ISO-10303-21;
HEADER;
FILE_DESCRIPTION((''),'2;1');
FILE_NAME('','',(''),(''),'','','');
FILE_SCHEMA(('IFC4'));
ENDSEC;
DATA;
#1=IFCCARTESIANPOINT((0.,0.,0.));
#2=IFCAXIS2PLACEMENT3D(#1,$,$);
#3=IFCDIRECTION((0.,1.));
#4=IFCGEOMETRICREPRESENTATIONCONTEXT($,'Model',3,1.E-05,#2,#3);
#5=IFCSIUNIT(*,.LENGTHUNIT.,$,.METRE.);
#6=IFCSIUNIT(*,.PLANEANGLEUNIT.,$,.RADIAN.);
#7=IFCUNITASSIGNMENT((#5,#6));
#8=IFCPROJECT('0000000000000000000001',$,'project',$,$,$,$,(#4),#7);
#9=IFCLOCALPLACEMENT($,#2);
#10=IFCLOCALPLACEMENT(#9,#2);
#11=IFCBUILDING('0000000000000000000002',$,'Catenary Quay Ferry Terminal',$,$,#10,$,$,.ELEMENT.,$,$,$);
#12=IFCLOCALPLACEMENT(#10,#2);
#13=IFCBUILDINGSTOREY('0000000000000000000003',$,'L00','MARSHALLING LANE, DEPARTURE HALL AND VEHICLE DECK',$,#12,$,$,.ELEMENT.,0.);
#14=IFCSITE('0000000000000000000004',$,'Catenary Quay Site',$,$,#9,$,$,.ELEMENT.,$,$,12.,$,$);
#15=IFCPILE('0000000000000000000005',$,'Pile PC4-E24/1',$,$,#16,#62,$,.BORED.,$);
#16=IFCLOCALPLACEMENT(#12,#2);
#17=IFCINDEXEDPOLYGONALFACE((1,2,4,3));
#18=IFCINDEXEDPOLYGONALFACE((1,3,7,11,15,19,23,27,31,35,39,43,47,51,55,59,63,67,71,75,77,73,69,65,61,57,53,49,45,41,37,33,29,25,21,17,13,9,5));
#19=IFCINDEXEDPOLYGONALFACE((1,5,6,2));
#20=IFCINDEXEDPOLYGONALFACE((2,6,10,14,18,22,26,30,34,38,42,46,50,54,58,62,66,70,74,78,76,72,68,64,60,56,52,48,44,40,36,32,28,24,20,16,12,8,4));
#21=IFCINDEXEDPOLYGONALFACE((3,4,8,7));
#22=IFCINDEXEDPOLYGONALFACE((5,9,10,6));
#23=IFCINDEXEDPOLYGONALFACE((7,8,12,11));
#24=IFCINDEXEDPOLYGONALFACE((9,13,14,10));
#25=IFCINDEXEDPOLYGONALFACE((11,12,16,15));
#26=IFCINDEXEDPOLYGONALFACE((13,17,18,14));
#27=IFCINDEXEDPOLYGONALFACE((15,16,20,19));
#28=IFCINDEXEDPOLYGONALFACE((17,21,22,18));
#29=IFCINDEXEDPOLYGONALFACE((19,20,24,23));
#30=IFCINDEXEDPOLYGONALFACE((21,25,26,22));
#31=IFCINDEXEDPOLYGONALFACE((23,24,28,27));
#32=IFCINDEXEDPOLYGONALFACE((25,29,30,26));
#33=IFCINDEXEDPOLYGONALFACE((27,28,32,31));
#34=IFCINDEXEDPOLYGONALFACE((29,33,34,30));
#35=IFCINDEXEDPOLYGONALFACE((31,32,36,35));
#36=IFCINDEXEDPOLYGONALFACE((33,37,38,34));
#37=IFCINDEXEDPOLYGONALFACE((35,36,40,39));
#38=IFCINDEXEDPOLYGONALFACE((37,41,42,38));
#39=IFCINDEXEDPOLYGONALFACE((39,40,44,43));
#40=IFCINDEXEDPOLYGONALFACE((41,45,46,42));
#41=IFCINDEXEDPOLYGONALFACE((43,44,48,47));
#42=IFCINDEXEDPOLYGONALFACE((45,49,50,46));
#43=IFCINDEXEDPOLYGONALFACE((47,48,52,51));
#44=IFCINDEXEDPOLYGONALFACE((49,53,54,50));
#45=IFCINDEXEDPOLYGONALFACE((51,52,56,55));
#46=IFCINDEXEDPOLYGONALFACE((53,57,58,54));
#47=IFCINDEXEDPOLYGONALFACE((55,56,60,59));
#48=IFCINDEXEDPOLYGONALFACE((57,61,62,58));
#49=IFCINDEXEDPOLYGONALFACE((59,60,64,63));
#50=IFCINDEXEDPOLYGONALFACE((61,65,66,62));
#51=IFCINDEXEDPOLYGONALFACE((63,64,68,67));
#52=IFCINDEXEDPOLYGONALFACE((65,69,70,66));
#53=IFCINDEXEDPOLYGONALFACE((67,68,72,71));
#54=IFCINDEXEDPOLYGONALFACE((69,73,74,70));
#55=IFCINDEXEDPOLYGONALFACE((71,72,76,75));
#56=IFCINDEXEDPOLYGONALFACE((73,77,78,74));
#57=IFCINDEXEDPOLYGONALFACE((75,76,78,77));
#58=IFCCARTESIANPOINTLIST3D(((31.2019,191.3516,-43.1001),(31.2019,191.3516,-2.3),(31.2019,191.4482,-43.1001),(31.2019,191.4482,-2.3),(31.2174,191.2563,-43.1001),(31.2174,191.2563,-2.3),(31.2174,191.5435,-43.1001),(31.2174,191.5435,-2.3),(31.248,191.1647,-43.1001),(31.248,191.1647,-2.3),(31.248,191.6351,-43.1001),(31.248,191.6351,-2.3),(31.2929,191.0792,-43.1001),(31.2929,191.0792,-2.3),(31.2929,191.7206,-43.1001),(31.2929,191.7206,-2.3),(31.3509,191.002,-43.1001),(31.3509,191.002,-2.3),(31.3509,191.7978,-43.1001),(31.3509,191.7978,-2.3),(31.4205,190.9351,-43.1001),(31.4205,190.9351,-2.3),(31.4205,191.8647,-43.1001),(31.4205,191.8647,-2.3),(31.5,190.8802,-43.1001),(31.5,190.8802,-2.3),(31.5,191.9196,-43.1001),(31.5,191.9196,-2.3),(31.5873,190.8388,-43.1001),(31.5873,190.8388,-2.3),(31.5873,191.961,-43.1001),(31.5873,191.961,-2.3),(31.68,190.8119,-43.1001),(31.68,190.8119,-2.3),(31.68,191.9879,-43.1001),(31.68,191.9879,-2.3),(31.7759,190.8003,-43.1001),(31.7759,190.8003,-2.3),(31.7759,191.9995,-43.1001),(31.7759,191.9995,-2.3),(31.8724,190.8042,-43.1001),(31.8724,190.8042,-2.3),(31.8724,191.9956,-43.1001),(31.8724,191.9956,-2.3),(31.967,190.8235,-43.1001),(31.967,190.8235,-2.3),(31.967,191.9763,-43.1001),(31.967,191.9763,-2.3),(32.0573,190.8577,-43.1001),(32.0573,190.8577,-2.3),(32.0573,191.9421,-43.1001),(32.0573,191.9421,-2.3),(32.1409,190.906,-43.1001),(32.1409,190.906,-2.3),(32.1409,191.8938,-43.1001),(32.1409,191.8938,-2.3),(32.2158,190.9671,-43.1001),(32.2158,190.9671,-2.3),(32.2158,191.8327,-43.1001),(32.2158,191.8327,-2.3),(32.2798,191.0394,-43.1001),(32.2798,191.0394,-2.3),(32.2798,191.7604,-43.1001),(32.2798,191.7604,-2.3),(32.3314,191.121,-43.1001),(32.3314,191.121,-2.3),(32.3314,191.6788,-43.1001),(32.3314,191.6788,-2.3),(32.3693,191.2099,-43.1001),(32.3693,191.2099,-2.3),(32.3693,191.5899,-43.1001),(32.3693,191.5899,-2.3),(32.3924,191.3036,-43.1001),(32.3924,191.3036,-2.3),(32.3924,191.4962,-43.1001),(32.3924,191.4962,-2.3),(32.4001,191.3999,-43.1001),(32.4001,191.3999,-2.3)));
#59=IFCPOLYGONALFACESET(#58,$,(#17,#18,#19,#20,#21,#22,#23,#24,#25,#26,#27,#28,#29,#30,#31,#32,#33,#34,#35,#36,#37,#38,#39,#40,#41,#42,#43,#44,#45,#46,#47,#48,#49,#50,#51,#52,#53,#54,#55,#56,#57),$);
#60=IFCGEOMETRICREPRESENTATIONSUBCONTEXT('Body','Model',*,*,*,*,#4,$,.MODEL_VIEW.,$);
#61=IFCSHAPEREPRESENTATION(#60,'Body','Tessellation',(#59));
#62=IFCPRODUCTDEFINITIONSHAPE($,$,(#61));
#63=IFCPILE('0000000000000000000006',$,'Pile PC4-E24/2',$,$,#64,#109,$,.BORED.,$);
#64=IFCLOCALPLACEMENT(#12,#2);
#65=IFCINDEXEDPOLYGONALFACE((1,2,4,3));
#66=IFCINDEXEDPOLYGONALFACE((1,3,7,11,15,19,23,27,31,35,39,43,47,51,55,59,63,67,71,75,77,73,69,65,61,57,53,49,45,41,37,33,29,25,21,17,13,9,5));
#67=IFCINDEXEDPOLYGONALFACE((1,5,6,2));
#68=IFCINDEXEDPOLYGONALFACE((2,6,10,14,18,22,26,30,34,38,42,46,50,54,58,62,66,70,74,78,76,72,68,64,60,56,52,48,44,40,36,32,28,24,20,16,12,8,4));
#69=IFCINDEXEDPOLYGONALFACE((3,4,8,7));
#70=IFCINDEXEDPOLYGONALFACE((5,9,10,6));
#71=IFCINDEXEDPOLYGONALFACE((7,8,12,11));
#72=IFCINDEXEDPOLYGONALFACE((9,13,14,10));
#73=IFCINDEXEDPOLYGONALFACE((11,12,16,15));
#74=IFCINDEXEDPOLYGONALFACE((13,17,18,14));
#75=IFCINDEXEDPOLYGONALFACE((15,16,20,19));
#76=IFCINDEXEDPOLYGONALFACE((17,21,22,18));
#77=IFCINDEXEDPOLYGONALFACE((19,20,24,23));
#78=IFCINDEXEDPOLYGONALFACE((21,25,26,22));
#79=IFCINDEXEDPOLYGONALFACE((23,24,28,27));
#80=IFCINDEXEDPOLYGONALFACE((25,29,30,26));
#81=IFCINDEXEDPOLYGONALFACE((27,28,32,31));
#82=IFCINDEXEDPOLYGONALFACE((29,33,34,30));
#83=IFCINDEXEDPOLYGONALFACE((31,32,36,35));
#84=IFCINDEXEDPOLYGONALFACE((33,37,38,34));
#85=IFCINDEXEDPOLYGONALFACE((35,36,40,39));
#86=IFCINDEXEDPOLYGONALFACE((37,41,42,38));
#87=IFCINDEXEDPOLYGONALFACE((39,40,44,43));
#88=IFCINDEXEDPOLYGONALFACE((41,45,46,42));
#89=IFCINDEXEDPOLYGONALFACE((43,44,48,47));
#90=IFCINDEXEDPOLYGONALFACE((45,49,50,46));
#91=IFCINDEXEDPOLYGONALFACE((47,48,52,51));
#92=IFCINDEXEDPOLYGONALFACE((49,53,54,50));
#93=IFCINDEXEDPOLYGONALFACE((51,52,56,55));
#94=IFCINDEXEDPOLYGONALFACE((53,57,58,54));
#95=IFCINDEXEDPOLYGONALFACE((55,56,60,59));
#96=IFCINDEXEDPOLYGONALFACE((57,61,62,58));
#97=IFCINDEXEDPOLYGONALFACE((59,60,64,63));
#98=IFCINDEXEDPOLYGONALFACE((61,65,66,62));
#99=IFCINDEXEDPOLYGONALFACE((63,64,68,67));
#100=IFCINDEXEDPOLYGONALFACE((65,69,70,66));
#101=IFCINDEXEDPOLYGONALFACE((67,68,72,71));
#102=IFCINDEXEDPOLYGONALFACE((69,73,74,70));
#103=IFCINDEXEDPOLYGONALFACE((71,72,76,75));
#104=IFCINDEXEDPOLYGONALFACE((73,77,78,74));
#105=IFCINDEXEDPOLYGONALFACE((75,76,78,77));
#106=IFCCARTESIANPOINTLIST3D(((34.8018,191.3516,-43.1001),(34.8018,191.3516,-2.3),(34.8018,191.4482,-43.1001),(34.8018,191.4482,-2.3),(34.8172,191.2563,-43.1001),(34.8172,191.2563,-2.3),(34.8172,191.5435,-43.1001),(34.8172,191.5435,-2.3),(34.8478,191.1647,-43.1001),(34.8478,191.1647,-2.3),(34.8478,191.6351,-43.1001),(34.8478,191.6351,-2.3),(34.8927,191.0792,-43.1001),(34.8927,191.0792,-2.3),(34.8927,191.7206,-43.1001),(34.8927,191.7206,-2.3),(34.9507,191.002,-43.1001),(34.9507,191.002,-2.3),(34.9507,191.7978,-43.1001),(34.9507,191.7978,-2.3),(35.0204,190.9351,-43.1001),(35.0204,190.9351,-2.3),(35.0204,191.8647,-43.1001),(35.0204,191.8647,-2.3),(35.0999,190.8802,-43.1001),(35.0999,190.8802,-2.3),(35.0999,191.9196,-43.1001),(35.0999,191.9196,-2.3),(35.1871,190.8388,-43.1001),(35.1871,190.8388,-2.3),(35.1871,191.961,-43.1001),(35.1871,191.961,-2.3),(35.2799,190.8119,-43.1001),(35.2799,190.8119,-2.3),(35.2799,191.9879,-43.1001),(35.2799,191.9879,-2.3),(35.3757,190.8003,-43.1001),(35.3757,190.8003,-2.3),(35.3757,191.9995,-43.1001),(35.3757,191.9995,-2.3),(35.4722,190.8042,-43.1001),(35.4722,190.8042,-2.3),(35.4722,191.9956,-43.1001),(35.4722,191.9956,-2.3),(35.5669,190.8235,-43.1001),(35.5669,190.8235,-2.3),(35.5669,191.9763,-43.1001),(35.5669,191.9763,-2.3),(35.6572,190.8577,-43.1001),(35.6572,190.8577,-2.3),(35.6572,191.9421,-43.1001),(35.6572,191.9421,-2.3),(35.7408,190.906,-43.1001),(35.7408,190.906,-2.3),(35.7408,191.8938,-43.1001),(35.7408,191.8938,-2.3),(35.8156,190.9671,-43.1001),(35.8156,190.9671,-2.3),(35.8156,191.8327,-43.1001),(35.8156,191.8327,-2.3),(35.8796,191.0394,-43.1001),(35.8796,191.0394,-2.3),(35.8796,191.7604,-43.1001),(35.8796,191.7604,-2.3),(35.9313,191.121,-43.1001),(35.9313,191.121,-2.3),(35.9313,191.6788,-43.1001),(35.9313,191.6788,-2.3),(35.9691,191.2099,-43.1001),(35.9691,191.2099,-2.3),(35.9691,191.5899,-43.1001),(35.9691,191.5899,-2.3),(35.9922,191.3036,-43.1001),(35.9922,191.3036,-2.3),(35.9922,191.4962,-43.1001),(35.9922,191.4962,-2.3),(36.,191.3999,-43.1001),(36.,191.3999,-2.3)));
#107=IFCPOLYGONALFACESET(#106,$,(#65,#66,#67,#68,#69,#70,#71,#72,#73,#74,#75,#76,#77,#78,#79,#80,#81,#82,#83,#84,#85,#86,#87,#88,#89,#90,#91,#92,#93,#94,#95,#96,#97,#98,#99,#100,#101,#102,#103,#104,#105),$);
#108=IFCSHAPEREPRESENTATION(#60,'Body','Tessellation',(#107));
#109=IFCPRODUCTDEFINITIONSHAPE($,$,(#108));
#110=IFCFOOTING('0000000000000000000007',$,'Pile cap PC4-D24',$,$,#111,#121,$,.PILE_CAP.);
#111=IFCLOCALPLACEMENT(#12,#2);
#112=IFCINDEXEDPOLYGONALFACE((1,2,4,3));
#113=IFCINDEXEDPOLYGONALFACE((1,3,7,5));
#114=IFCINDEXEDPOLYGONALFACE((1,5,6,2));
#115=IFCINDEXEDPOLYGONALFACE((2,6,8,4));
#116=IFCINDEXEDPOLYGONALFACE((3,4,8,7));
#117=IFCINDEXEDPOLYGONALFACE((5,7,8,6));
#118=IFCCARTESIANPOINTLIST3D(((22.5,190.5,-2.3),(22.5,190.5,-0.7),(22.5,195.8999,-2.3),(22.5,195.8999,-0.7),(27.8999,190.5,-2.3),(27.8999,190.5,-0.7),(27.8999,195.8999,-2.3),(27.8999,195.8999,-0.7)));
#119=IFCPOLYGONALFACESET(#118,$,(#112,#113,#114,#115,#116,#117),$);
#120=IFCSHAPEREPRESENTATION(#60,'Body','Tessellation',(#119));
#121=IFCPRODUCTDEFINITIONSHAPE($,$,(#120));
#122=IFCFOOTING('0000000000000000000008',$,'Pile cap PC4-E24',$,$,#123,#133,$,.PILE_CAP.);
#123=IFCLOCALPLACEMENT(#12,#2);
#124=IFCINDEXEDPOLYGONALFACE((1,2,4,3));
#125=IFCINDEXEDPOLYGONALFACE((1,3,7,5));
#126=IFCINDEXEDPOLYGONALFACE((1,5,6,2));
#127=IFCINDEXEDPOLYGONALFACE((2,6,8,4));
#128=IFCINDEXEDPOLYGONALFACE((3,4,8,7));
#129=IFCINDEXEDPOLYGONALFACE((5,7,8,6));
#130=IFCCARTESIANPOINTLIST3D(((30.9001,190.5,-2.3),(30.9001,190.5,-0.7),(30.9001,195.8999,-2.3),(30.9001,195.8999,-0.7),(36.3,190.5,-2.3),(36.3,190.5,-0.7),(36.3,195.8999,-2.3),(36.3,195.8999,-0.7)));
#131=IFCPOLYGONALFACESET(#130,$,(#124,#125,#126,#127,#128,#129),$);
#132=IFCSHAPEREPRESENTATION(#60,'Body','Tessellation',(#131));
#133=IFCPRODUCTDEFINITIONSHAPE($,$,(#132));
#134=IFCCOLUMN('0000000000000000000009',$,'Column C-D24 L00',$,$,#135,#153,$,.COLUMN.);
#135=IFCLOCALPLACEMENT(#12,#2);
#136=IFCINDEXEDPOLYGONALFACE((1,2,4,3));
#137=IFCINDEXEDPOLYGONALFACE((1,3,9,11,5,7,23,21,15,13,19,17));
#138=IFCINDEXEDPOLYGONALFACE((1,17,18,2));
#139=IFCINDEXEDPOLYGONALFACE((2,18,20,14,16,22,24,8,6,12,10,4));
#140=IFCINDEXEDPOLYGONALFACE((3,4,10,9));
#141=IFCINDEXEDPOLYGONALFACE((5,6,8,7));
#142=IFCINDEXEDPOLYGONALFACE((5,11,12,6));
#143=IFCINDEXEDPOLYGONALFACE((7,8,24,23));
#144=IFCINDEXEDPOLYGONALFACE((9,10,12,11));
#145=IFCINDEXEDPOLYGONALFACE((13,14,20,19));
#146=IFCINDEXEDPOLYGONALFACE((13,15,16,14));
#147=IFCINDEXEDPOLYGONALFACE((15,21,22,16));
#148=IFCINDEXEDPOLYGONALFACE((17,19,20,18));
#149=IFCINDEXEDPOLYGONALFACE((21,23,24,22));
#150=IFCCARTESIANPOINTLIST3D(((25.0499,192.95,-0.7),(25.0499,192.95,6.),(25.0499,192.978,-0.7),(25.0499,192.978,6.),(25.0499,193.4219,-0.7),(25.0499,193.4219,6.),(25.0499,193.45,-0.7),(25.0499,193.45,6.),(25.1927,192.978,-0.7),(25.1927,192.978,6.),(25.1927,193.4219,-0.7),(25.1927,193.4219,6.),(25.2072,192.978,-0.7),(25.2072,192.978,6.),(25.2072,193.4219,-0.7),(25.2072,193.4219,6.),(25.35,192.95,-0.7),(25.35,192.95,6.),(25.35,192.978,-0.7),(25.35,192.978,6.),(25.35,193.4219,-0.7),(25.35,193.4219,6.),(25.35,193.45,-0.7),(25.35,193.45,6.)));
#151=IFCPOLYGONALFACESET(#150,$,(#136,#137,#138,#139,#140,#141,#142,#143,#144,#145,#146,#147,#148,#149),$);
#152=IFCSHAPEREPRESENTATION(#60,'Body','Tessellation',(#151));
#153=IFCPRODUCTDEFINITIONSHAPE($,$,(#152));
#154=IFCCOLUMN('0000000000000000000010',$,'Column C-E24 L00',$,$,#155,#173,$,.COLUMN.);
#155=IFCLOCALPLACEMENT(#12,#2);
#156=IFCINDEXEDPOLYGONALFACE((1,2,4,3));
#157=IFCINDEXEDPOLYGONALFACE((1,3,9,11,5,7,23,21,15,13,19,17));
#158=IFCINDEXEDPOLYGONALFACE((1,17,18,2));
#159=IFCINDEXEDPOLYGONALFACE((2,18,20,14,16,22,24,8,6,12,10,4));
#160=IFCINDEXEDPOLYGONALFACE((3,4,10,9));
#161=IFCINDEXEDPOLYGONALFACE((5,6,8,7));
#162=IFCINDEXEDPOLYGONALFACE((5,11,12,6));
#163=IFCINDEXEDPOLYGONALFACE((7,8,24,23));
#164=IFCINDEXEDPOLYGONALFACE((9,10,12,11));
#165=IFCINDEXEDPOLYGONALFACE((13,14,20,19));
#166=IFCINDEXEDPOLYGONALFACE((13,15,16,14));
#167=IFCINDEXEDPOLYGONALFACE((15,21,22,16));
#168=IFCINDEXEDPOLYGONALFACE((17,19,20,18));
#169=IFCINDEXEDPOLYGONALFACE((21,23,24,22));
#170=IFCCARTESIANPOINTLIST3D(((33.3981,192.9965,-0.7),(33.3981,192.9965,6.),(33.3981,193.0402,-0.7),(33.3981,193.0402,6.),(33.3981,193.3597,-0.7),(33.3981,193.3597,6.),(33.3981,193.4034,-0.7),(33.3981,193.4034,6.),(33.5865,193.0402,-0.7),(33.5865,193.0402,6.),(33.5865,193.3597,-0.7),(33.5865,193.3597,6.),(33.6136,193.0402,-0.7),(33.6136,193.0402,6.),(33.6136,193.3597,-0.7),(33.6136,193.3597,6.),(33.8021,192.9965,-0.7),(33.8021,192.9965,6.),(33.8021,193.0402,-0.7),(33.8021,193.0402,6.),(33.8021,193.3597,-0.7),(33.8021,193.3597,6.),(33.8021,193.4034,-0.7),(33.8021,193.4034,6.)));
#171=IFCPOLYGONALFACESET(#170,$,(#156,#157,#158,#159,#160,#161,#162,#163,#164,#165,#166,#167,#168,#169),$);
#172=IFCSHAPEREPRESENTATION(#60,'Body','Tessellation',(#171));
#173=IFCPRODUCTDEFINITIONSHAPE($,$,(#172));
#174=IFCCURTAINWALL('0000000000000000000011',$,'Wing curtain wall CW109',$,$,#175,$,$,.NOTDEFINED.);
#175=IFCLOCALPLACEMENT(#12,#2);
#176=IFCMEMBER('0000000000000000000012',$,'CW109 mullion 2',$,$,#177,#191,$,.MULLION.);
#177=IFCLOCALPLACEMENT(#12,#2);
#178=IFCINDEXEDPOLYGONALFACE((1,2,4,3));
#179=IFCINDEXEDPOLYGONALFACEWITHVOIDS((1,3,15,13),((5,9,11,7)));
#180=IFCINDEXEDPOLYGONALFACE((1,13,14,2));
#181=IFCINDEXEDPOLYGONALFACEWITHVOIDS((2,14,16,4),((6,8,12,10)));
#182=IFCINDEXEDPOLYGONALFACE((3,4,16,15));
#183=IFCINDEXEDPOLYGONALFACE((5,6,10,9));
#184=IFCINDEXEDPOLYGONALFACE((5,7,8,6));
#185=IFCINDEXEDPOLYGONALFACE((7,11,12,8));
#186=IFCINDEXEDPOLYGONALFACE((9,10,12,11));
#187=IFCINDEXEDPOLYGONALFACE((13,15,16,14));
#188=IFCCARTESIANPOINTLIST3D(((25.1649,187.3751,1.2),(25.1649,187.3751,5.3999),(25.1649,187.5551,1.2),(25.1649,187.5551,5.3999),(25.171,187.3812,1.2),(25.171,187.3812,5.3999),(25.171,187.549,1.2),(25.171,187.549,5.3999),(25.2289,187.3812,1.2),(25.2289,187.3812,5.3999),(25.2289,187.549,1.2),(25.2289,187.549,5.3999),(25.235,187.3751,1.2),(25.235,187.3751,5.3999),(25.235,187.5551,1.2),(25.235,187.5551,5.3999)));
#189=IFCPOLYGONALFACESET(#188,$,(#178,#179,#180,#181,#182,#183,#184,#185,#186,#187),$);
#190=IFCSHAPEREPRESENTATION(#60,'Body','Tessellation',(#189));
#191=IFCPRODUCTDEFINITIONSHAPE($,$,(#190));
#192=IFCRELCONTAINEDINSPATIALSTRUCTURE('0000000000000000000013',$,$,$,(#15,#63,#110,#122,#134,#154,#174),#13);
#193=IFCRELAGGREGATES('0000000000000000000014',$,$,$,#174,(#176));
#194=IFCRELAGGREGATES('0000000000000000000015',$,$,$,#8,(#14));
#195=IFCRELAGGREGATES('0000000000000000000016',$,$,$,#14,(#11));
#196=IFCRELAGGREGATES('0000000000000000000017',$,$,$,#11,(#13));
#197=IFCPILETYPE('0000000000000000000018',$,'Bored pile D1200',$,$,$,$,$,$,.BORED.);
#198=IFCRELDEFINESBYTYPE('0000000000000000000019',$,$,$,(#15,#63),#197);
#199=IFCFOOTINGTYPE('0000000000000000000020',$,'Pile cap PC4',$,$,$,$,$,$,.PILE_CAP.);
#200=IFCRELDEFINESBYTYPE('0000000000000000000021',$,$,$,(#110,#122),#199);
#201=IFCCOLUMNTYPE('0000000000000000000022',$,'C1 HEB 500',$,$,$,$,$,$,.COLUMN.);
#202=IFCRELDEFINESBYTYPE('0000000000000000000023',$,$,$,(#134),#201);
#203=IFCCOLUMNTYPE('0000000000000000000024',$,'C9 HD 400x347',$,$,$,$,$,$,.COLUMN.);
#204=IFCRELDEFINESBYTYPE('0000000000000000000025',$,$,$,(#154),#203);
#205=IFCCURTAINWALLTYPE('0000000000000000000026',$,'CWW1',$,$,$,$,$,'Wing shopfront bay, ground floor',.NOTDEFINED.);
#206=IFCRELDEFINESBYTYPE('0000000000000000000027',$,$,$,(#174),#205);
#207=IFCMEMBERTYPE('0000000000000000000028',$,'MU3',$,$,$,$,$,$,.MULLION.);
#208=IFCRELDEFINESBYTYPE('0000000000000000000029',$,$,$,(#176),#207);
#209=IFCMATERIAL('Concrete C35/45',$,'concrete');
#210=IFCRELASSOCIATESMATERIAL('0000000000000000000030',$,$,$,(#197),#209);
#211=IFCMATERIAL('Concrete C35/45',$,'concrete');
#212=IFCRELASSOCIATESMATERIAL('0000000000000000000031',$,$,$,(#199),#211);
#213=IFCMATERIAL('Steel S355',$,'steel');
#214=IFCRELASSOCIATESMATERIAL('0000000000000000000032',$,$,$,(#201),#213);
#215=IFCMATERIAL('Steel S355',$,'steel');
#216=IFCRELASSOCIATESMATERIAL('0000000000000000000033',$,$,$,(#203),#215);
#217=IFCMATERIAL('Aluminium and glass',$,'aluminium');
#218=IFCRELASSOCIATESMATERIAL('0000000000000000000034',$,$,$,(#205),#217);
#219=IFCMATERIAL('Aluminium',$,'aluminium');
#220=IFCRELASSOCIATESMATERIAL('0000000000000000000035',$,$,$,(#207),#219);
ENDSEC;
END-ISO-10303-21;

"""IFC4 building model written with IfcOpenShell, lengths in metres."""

from ifc_helpers import new_model, si_unit, direction, frame, origin, origin_2d, place, context, subcontext, project, spatial, rectangle, hollow_rectangle, circle, i_section, extrude, material, material_profile, profile_set, type_object, element, aggregate, save


model = new_model("IFC4")

# Units and contexts
model_context = context("Model", 3, precision=1e-05, world=origin(), true_north=direction((0.0, 1.0)))
body_context = subcontext(model_context, "Body", "Model", "MODEL_VIEW")
ifc_project = project(units=[si_unit("LENGTHUNIT", "METRE"), si_unit("PLANEANGLEUNIT", "RADIAN")], contexts=[model_context])

# Site, building, storey
site_placement = place(None, origin())
site = spatial("IfcSite", under=ifc_project, at=site_placement, Name="Catenary Quay Site", CompositionType="ELEMENT", RefElevation=12.0)
building_placement = place(site_placement, origin())
building = spatial("IfcBuilding", under=site, at=building_placement, Name="Catenary Quay Ferry Terminal", CompositionType="ELEMENT")
storey_placement = place(building_placement, origin())
storey = spatial("IfcBuildingStorey", under=building, at=storey_placement, Name="L00", Description="MARSHALLING LANE, DEPARTURE HALL AND VEHICLE DECK", CompositionType="ELEMENT", Elevation=0.0)

# Piles
ifc_material_1 = material(Name="Concrete C35/45", Category="concrete")
ifc_material_profile_1 = material_profile(ifc_material_1, circle(Radius=0.6001, at=origin_2d()), Name="D1200")
ifc_profile_set_1 = profile_set([ifc_material_profile_1], Name="Concrete C35/45")
pile_type = type_object("IfcPileType", Name="Bored pile D1200", PredefinedType="BORED", material=ifc_profile_set_1)
for number, where, z_axis, x_axis, name in (
    (1, (31.8, 191.3999, -2.3), (0.0, 0.0, -1.0), (1.0, 0.0, 0.0), "Pile PC4-E24/1"),
    (2, (35.3999, 191.3999, -2.3), (0.0, 0.0, -1.0), (1.0, 0.0, 0.0), "Pile PC4-E24/2"),
):
    element("IfcPile", number, at=place(storey_placement, frame(where, z_axis=z_axis, x_axis=x_axis)), inside=storey, type_object=pile_type, Name=name, PredefinedType="BORED", context=body_context, shape_type="SweptSolid", body=[
        extrude(circle(Radius=0.6001, at=origin_2d()), origin(), (0.0, 0.0, 1.0), 40.8),
    ])

# Footings
ifc_material_2 = material(Name="Concrete C35/45", Category="concrete")
footing_type = type_object("IfcFootingType", Name="Pile cap PC4", PredefinedType="PILE_CAP", material=ifc_material_2)
for number, where, z_axis, x_axis, name in (
    (3, (25.2, 193.2, -2.3), (0.0, 0.0, 1.0), (1.0, 0.0, 0.0), "Pile cap PC4-D24"),
    (4, (33.6001, 193.2, -2.3), (0.0, 0.0, 1.0), (1.0, 0.0, 0.0), "Pile cap PC4-E24"),
):
    element("IfcFooting", number, at=place(storey_placement, frame(where, z_axis=z_axis, x_axis=x_axis)), inside=storey, type_object=footing_type, Name=name, PredefinedType="PILE_CAP", context=body_context, shape_type="SweptSolid", body=[
        extrude(rectangle(XDim=5.3999, YDim=5.3999, at=origin_2d()), origin(), (0.0, 0.0, 1.0), 1.6001),
    ])

# Columns
ifc_material_3 = material(Name="Steel S355", Category="steel")
ifc_material_profile_2 = material_profile(ifc_material_3, i_section(OverallWidth=0.3, OverallDepth=0.5, WebThickness=0.0144, FlangeThickness=0.0281, at=origin_2d()), Name="HEB 500")
ifc_profile_set_2 = profile_set([ifc_material_profile_2], Name="Steel S355")
column_type_1 = type_object("IfcColumnType", Name="C1 HEB 500", PredefinedType="COLUMN", material=ifc_profile_set_2)
column_1_placement = place(storey_placement, frame((25.2, 193.2, -0.7), z_axis=(0.0, 0.0, 1.0), x_axis=(1.0, 0.0, 0.0)))
element("IfcColumn", 5, at=column_1_placement, inside=storey, type_object=column_type_1, Name="Column C-D24 L00", PredefinedType="COLUMN", context=body_context, shape_type="SweptSolid", body=[
    extrude(i_section(OverallWidth=0.3, OverallDepth=0.5, WebThickness=0.0144, FlangeThickness=0.0281, at=origin_2d()), origin(), (0.0, 0.0, 1.0), 6.7),
])
ifc_material_4 = material(Name="Steel S355", Category="steel")
ifc_material_profile_3 = material_profile(ifc_material_4, i_section(OverallWidth=0.4041, OverallDepth=0.407, WebThickness=0.0271, FlangeThickness=0.0437, at=origin_2d()), Name="HD 400x347")
ifc_profile_set_3 = profile_set([ifc_material_profile_3], Name="Steel S355")
column_type_2 = type_object("IfcColumnType", Name="C9 HD 400x347", PredefinedType="COLUMN", material=ifc_profile_set_3)
column_2_placement = place(storey_placement, frame((33.6001, 193.2, -0.7), z_axis=(0.0, 0.0, 1.0), x_axis=(1.0, 0.0, 0.0)))
element("IfcColumn", 6, at=column_2_placement, inside=storey, type_object=column_type_2, Name="Column C-E24 L00", PredefinedType="COLUMN", context=body_context, shape_type="SweptSolid", body=[
    extrude(i_section(OverallWidth=0.4041, OverallDepth=0.407, WebThickness=0.0271, FlangeThickness=0.0437, at=origin_2d()), origin(), (0.0, 0.0, 1.0), 6.7),
])

# Curtain wall, member
ifc_material_5 = material(Name="Aluminium and glass", Category="aluminium")
curtain_wall_type = type_object("IfcCurtainWallType", Name="CWW1", ElementType="Wing shopfront bay, ground floor", PredefinedType="NOTDEFINED", material=ifc_material_5)
curtain_wall_1_placement = place(storey_placement, origin())
curtain_wall_1 = element("IfcCurtainWall", 7, at=curtain_wall_1_placement, inside=storey, type_object=curtain_wall_type, Name="Wing curtain wall CW109", PredefinedType="NOTDEFINED")
ifc_material_6 = material(Name="Aluminium", Category="aluminium")
ifc_material_profile_4 = material_profile(ifc_material_6, hollow_rectangle(XDim=0.0701, YDim=0.1799, WallThickness=0.0061, at=origin_2d()), Name="MU3")
ifc_profile_set_4 = profile_set([ifc_material_profile_4], Name="Aluminium")
member_type_1 = type_object("IfcMemberType", Name="MU3", PredefinedType="MULLION", material=ifc_profile_set_4)
member_1_placement = place(storey_placement, frame((25.2, 187.4651, 1.2), z_axis=(0.0, 0.0, 1.0), x_axis=(-1.0, 0.0, 0.0)))
member_1 = element("IfcMember", 8, at=member_1_placement, type_object=member_type_1, Name="CW109 mullion 2", PredefinedType="MULLION", context=body_context, shape_type="SweptSolid", body=[
    extrude(hollow_rectangle(XDim=0.0701, YDim=0.1799, WallThickness=0.0061, at=origin_2d()), origin(), (0.0, 0.0, 1.0), 4.2),
])
aggregate(curtain_wall_1, [member_1])

save(model, "model.ifc")
